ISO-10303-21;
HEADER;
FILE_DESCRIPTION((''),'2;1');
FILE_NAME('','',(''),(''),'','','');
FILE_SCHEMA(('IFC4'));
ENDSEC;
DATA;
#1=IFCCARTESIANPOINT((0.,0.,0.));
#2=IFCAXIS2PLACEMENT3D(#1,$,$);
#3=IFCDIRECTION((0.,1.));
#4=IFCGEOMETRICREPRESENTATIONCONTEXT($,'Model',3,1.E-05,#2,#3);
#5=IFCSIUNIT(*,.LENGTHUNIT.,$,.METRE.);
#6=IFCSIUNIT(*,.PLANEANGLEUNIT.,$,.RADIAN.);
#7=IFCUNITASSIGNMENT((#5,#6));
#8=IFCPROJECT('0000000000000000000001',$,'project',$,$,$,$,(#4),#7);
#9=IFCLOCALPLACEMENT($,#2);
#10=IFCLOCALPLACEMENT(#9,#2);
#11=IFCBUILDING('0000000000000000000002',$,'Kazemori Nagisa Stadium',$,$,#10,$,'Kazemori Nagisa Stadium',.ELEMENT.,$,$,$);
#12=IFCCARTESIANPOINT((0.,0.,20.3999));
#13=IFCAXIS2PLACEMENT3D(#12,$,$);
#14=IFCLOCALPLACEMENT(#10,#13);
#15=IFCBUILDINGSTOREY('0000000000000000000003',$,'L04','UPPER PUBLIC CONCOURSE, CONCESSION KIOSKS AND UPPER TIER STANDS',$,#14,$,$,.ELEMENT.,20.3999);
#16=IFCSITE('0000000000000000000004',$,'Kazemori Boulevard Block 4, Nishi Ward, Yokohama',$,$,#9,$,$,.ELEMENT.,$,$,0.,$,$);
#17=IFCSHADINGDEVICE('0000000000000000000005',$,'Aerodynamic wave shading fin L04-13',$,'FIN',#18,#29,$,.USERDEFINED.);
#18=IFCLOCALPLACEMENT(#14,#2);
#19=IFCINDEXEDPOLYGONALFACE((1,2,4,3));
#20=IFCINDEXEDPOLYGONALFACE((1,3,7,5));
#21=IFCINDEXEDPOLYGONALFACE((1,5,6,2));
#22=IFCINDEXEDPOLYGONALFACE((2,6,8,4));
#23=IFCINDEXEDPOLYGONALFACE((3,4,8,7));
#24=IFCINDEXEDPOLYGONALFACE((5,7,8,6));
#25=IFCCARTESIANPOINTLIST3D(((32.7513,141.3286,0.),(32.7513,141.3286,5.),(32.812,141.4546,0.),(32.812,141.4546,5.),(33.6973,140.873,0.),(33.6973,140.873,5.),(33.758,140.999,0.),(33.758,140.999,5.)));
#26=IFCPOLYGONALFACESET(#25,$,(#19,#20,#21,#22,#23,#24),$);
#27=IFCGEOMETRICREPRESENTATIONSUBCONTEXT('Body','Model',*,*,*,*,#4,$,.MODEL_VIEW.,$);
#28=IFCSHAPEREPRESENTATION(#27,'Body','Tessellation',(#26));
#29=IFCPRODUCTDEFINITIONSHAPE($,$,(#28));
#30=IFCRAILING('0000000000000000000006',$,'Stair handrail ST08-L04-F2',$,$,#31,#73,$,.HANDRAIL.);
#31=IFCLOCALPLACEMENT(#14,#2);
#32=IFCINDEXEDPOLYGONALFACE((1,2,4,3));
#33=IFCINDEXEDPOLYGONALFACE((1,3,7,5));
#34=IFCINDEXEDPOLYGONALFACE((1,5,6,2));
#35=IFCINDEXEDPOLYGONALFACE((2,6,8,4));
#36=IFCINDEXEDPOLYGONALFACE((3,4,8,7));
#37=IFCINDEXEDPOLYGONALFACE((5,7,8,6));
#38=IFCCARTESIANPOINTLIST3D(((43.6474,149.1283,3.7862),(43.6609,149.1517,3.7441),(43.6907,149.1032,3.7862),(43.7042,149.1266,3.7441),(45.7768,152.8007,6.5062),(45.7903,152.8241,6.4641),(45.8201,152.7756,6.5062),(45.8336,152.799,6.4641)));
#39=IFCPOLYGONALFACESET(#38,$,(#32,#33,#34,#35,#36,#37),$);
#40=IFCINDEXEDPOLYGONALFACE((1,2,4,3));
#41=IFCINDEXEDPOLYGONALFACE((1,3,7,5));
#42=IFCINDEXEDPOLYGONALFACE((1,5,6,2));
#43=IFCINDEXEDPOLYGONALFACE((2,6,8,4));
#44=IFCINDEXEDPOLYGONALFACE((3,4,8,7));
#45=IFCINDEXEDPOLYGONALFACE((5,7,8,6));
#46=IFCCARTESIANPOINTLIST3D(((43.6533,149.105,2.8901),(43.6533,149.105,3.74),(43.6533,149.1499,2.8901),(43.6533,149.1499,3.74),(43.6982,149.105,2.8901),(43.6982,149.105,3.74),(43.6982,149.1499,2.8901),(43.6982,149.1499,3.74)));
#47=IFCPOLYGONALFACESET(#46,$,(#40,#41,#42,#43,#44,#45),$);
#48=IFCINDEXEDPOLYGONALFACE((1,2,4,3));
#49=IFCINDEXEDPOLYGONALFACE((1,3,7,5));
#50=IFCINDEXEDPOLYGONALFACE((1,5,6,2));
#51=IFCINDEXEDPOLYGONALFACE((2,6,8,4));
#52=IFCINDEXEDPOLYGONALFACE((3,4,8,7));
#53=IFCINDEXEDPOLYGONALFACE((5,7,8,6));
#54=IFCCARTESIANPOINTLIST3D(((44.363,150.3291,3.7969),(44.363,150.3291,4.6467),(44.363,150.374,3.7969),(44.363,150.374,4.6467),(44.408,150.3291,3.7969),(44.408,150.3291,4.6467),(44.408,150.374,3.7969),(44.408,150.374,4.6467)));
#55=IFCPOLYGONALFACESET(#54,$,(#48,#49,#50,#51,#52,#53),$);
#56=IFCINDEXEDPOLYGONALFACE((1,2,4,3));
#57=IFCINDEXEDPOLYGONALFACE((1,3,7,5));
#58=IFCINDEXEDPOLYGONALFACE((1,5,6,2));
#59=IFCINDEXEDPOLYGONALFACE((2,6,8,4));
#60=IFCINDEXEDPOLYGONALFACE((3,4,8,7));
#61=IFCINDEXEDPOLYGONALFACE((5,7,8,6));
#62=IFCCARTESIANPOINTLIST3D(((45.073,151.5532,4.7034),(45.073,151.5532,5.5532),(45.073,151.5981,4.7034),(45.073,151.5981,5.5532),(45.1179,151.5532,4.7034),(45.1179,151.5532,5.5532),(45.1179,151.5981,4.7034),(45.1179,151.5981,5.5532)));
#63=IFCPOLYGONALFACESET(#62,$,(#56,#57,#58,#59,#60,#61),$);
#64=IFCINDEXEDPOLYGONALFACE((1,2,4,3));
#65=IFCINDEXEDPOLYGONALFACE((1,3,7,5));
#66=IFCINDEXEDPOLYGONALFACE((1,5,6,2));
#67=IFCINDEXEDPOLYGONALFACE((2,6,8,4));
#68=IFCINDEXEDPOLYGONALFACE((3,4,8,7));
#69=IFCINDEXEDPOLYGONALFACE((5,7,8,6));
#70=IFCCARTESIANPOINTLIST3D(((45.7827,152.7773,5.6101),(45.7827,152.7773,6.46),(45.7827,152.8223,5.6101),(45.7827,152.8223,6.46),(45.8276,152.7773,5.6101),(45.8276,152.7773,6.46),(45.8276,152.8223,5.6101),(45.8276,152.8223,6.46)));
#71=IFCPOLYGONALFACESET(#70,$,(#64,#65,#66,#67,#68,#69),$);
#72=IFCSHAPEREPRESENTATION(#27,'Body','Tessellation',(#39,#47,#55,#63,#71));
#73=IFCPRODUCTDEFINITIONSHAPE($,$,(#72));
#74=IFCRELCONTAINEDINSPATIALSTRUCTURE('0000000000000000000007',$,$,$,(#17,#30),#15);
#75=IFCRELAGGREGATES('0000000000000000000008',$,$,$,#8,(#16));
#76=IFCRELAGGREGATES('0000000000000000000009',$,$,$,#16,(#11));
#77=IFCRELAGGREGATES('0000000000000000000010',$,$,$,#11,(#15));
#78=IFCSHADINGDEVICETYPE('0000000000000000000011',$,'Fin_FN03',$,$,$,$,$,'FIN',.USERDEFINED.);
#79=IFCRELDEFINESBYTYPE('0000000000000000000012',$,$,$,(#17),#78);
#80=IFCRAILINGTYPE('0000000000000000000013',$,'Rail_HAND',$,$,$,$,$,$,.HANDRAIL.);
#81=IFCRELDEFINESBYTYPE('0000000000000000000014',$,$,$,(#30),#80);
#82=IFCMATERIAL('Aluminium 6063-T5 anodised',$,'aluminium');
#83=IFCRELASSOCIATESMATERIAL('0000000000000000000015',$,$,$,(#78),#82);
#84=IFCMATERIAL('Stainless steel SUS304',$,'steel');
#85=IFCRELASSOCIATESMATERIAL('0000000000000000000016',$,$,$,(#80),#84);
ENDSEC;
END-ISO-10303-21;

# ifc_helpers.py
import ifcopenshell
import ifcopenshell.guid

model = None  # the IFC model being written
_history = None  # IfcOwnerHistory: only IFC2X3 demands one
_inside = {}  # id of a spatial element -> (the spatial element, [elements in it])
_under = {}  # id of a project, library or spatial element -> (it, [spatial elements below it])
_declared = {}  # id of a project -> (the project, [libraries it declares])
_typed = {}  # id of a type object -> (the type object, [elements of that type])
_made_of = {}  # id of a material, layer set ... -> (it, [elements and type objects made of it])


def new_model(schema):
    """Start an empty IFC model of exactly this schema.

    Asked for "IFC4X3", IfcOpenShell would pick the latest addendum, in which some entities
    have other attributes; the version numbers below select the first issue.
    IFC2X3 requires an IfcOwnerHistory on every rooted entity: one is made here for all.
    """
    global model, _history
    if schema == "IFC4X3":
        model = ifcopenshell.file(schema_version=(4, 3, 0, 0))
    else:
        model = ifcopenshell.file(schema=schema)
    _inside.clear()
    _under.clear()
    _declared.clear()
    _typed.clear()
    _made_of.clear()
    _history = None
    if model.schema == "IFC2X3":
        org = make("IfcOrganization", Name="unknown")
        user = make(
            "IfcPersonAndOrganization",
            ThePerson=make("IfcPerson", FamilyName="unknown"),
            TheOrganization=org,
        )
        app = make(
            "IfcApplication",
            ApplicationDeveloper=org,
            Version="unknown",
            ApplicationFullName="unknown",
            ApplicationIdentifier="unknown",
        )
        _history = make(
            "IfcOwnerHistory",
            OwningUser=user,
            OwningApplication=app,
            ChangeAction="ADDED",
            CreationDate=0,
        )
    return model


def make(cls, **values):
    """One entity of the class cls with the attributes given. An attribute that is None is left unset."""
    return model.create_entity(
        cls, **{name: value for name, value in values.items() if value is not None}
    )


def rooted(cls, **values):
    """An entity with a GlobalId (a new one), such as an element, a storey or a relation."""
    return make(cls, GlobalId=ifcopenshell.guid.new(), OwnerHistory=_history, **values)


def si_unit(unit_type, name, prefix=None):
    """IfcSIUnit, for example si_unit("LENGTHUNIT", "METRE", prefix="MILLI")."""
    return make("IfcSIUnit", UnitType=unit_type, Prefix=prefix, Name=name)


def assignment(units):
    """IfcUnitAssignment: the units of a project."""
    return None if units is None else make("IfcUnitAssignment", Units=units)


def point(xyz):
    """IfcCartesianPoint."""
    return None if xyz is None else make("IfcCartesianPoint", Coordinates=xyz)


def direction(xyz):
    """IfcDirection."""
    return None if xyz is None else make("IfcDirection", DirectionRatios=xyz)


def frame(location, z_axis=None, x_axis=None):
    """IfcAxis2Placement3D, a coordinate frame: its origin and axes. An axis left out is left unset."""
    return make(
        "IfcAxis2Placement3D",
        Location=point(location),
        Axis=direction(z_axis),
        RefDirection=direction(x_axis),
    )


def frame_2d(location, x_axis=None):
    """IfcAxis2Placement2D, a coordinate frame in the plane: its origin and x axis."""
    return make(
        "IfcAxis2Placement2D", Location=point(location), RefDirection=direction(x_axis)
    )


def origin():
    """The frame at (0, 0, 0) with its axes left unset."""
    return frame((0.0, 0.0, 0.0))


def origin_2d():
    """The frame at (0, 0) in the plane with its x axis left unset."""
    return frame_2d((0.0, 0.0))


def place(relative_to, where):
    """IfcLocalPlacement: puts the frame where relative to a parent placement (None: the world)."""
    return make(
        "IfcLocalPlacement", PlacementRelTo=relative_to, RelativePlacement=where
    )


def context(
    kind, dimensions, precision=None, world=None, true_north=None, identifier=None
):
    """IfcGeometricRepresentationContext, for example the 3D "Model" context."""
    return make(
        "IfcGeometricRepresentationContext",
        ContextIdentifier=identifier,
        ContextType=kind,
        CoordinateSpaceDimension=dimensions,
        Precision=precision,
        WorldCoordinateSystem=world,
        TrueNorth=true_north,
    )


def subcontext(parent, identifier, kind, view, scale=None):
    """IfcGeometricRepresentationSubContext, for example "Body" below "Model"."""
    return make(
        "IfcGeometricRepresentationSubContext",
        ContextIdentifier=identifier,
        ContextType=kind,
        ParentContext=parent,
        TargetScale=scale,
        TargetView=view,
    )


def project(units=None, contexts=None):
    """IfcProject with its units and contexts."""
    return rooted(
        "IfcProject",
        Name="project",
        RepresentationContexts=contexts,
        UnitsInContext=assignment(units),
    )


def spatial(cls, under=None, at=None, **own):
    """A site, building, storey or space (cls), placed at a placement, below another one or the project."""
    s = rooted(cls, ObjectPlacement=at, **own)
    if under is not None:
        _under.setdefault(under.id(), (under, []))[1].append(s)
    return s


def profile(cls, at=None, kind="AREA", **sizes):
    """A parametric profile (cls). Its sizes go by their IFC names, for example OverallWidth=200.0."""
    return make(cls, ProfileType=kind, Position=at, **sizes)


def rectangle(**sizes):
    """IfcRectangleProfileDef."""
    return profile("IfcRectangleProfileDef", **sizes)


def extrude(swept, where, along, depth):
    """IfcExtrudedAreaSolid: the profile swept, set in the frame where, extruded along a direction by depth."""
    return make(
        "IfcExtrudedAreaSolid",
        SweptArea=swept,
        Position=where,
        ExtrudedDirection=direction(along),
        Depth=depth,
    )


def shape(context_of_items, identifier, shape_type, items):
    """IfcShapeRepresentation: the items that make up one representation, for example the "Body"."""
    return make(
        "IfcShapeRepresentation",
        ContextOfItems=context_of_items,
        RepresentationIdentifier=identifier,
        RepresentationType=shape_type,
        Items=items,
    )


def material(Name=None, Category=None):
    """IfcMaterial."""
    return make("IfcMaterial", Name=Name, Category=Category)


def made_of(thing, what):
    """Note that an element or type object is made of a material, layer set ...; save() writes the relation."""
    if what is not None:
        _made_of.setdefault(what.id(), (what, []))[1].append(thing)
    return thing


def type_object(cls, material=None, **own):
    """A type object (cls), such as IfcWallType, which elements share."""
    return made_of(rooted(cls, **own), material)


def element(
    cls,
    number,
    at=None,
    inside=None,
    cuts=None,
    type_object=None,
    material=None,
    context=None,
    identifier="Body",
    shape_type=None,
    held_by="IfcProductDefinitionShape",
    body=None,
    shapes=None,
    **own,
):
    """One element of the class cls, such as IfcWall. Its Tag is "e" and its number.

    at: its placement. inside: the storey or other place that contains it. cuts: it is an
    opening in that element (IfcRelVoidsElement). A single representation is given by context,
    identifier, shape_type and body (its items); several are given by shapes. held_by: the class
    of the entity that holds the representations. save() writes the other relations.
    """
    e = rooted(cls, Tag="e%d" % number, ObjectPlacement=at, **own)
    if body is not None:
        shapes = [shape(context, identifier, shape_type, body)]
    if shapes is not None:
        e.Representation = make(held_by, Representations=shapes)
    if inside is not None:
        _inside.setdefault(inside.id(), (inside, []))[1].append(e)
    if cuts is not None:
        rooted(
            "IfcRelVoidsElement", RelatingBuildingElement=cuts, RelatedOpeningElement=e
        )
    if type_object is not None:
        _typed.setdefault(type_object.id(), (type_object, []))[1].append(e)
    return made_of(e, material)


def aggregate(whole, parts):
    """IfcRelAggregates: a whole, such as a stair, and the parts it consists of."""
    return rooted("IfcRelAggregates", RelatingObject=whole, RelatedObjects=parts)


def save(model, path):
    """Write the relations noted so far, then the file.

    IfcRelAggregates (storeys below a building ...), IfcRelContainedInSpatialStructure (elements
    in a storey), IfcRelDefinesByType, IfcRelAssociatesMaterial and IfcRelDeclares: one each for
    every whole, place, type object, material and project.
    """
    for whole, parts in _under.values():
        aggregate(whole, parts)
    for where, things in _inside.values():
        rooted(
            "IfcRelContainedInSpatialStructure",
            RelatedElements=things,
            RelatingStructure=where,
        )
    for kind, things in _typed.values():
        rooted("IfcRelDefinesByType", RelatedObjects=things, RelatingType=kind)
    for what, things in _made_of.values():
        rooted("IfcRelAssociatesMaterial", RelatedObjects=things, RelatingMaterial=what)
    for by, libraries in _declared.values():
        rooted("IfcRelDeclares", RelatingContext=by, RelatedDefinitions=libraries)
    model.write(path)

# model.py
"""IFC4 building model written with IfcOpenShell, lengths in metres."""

from ifc_helpers import new_model, si_unit, direction, frame, origin, origin_2d, place, context, subcontext, project, spatial, rectangle, extrude, material, type_object, element, save


model = new_model("IFC4")

# Units and contexts
model_context = context("Model", 3, precision=1e-05, world=origin(), true_north=direction((0.0, 1.0)))
body_context = subcontext(model_context, "Body", "Model", "MODEL_VIEW")
ifc_project = project(units=[si_unit("LENGTHUNIT", "METRE"), si_unit("PLANEANGLEUNIT", "RADIAN")], contexts=[model_context])

# Site, building, storey
site_placement = place(None, origin())
site = spatial("IfcSite", under=ifc_project, at=site_placement, Name="Kazemori Boulevard Block 4, Nishi Ward, Yokohama", CompositionType="ELEMENT", RefElevation=0.0)
building_placement = place(site_placement, origin())
building = spatial("IfcBuilding", under=site, at=building_placement, Name="Kazemori Nagisa Stadium", LongName="Kazemori Nagisa Stadium", CompositionType="ELEMENT")
storey_placement = place(building_placement, frame((0.0, 0.0, 20.3999)))
storey = spatial("IfcBuildingStorey", under=building, at=storey_placement, Name="L04", Description="UPPER PUBLIC CONCOURSE, CONCESSION KIOSKS AND UPPER TIER STANDS", CompositionType="ELEMENT", Elevation=20.3999)

# Shared definitions
ifc_material_1 = material(Name="Aluminium 6063-T5 anodised", Category="aluminium")

# Shading device
shading_device_type = type_object("IfcShadingDeviceType", Name="Fin_FN03", ElementType="FIN", PredefinedType="USERDEFINED", material=ifc_material_1)
shading_device_placement = place(storey_placement, frame((33.2546, 141.1638, 0.0), z_axis=(0.0, 0.0, 1.0), x_axis=(-0.900969, 0.433884, 0.0)))
element("IfcShadingDevice", 1, at=shading_device_placement, inside=storey, type_object=shading_device_type, Name="Aerodynamic wave shading fin L04-13", ObjectType="FIN", PredefinedType="USERDEFINED", context=body_context, shape_type="SweptSolid", body=[
    extrude(rectangle(XDim=1.05, YDim=0.1399, at=origin_2d()), origin(), (0.0, 0.0, 1.0), 5.0),
])

# Railing
ifc_material_2 = material(Name="Stainless steel SUS304", Category="steel")
railing_type = type_object("IfcRailingType", Name="Rail_HAND", PredefinedType="HANDRAIL", material=ifc_material_2)
railing_placement = place(storey_placement, frame((43.6758, 149.1274, 2.8901)))
element("IfcRailing", 2, at=railing_placement, inside=storey, type_object=railing_type, Name="Stair handrail ST08-L04-F2", PredefinedType="HANDRAIL", context=body_context, shape_type="SweptSolid", body=[
    extrude(rectangle(XDim=0.05, YDim=0.05, at=origin_2d()), frame((0.0, 0.0, 0.875), z_axis=(0.422356, 0.728397, 0.539494), x_axis=(-0.86509, 0.501617, 0.0)), (0.0, 0.0, 1.0), 5.0417),
    extrude(rectangle(XDim=0.0449, YDim=0.0449, at=origin_2d()), origin(), (0.0, 0.0, 1.0), 0.8499),
    extrude(rectangle(XDim=0.0449, YDim=0.0449, at=origin_2d()), frame((0.7097, 1.2241, 0.9067)), (0.0, 0.0, 1.0), 0.8499),
    extrude(rectangle(XDim=0.0449, YDim=0.0449, at=origin_2d()), frame((1.4197, 2.4482, 1.8132)), (0.0, 0.0, 1.0), 0.8499),
    extrude(rectangle(XDim=0.0449, YDim=0.0449, at=origin_2d()), frame((2.1294, 3.6724, 2.72)), (0.0, 0.0, 1.0), 0.8499),
])

save(model, "model.ifc")
